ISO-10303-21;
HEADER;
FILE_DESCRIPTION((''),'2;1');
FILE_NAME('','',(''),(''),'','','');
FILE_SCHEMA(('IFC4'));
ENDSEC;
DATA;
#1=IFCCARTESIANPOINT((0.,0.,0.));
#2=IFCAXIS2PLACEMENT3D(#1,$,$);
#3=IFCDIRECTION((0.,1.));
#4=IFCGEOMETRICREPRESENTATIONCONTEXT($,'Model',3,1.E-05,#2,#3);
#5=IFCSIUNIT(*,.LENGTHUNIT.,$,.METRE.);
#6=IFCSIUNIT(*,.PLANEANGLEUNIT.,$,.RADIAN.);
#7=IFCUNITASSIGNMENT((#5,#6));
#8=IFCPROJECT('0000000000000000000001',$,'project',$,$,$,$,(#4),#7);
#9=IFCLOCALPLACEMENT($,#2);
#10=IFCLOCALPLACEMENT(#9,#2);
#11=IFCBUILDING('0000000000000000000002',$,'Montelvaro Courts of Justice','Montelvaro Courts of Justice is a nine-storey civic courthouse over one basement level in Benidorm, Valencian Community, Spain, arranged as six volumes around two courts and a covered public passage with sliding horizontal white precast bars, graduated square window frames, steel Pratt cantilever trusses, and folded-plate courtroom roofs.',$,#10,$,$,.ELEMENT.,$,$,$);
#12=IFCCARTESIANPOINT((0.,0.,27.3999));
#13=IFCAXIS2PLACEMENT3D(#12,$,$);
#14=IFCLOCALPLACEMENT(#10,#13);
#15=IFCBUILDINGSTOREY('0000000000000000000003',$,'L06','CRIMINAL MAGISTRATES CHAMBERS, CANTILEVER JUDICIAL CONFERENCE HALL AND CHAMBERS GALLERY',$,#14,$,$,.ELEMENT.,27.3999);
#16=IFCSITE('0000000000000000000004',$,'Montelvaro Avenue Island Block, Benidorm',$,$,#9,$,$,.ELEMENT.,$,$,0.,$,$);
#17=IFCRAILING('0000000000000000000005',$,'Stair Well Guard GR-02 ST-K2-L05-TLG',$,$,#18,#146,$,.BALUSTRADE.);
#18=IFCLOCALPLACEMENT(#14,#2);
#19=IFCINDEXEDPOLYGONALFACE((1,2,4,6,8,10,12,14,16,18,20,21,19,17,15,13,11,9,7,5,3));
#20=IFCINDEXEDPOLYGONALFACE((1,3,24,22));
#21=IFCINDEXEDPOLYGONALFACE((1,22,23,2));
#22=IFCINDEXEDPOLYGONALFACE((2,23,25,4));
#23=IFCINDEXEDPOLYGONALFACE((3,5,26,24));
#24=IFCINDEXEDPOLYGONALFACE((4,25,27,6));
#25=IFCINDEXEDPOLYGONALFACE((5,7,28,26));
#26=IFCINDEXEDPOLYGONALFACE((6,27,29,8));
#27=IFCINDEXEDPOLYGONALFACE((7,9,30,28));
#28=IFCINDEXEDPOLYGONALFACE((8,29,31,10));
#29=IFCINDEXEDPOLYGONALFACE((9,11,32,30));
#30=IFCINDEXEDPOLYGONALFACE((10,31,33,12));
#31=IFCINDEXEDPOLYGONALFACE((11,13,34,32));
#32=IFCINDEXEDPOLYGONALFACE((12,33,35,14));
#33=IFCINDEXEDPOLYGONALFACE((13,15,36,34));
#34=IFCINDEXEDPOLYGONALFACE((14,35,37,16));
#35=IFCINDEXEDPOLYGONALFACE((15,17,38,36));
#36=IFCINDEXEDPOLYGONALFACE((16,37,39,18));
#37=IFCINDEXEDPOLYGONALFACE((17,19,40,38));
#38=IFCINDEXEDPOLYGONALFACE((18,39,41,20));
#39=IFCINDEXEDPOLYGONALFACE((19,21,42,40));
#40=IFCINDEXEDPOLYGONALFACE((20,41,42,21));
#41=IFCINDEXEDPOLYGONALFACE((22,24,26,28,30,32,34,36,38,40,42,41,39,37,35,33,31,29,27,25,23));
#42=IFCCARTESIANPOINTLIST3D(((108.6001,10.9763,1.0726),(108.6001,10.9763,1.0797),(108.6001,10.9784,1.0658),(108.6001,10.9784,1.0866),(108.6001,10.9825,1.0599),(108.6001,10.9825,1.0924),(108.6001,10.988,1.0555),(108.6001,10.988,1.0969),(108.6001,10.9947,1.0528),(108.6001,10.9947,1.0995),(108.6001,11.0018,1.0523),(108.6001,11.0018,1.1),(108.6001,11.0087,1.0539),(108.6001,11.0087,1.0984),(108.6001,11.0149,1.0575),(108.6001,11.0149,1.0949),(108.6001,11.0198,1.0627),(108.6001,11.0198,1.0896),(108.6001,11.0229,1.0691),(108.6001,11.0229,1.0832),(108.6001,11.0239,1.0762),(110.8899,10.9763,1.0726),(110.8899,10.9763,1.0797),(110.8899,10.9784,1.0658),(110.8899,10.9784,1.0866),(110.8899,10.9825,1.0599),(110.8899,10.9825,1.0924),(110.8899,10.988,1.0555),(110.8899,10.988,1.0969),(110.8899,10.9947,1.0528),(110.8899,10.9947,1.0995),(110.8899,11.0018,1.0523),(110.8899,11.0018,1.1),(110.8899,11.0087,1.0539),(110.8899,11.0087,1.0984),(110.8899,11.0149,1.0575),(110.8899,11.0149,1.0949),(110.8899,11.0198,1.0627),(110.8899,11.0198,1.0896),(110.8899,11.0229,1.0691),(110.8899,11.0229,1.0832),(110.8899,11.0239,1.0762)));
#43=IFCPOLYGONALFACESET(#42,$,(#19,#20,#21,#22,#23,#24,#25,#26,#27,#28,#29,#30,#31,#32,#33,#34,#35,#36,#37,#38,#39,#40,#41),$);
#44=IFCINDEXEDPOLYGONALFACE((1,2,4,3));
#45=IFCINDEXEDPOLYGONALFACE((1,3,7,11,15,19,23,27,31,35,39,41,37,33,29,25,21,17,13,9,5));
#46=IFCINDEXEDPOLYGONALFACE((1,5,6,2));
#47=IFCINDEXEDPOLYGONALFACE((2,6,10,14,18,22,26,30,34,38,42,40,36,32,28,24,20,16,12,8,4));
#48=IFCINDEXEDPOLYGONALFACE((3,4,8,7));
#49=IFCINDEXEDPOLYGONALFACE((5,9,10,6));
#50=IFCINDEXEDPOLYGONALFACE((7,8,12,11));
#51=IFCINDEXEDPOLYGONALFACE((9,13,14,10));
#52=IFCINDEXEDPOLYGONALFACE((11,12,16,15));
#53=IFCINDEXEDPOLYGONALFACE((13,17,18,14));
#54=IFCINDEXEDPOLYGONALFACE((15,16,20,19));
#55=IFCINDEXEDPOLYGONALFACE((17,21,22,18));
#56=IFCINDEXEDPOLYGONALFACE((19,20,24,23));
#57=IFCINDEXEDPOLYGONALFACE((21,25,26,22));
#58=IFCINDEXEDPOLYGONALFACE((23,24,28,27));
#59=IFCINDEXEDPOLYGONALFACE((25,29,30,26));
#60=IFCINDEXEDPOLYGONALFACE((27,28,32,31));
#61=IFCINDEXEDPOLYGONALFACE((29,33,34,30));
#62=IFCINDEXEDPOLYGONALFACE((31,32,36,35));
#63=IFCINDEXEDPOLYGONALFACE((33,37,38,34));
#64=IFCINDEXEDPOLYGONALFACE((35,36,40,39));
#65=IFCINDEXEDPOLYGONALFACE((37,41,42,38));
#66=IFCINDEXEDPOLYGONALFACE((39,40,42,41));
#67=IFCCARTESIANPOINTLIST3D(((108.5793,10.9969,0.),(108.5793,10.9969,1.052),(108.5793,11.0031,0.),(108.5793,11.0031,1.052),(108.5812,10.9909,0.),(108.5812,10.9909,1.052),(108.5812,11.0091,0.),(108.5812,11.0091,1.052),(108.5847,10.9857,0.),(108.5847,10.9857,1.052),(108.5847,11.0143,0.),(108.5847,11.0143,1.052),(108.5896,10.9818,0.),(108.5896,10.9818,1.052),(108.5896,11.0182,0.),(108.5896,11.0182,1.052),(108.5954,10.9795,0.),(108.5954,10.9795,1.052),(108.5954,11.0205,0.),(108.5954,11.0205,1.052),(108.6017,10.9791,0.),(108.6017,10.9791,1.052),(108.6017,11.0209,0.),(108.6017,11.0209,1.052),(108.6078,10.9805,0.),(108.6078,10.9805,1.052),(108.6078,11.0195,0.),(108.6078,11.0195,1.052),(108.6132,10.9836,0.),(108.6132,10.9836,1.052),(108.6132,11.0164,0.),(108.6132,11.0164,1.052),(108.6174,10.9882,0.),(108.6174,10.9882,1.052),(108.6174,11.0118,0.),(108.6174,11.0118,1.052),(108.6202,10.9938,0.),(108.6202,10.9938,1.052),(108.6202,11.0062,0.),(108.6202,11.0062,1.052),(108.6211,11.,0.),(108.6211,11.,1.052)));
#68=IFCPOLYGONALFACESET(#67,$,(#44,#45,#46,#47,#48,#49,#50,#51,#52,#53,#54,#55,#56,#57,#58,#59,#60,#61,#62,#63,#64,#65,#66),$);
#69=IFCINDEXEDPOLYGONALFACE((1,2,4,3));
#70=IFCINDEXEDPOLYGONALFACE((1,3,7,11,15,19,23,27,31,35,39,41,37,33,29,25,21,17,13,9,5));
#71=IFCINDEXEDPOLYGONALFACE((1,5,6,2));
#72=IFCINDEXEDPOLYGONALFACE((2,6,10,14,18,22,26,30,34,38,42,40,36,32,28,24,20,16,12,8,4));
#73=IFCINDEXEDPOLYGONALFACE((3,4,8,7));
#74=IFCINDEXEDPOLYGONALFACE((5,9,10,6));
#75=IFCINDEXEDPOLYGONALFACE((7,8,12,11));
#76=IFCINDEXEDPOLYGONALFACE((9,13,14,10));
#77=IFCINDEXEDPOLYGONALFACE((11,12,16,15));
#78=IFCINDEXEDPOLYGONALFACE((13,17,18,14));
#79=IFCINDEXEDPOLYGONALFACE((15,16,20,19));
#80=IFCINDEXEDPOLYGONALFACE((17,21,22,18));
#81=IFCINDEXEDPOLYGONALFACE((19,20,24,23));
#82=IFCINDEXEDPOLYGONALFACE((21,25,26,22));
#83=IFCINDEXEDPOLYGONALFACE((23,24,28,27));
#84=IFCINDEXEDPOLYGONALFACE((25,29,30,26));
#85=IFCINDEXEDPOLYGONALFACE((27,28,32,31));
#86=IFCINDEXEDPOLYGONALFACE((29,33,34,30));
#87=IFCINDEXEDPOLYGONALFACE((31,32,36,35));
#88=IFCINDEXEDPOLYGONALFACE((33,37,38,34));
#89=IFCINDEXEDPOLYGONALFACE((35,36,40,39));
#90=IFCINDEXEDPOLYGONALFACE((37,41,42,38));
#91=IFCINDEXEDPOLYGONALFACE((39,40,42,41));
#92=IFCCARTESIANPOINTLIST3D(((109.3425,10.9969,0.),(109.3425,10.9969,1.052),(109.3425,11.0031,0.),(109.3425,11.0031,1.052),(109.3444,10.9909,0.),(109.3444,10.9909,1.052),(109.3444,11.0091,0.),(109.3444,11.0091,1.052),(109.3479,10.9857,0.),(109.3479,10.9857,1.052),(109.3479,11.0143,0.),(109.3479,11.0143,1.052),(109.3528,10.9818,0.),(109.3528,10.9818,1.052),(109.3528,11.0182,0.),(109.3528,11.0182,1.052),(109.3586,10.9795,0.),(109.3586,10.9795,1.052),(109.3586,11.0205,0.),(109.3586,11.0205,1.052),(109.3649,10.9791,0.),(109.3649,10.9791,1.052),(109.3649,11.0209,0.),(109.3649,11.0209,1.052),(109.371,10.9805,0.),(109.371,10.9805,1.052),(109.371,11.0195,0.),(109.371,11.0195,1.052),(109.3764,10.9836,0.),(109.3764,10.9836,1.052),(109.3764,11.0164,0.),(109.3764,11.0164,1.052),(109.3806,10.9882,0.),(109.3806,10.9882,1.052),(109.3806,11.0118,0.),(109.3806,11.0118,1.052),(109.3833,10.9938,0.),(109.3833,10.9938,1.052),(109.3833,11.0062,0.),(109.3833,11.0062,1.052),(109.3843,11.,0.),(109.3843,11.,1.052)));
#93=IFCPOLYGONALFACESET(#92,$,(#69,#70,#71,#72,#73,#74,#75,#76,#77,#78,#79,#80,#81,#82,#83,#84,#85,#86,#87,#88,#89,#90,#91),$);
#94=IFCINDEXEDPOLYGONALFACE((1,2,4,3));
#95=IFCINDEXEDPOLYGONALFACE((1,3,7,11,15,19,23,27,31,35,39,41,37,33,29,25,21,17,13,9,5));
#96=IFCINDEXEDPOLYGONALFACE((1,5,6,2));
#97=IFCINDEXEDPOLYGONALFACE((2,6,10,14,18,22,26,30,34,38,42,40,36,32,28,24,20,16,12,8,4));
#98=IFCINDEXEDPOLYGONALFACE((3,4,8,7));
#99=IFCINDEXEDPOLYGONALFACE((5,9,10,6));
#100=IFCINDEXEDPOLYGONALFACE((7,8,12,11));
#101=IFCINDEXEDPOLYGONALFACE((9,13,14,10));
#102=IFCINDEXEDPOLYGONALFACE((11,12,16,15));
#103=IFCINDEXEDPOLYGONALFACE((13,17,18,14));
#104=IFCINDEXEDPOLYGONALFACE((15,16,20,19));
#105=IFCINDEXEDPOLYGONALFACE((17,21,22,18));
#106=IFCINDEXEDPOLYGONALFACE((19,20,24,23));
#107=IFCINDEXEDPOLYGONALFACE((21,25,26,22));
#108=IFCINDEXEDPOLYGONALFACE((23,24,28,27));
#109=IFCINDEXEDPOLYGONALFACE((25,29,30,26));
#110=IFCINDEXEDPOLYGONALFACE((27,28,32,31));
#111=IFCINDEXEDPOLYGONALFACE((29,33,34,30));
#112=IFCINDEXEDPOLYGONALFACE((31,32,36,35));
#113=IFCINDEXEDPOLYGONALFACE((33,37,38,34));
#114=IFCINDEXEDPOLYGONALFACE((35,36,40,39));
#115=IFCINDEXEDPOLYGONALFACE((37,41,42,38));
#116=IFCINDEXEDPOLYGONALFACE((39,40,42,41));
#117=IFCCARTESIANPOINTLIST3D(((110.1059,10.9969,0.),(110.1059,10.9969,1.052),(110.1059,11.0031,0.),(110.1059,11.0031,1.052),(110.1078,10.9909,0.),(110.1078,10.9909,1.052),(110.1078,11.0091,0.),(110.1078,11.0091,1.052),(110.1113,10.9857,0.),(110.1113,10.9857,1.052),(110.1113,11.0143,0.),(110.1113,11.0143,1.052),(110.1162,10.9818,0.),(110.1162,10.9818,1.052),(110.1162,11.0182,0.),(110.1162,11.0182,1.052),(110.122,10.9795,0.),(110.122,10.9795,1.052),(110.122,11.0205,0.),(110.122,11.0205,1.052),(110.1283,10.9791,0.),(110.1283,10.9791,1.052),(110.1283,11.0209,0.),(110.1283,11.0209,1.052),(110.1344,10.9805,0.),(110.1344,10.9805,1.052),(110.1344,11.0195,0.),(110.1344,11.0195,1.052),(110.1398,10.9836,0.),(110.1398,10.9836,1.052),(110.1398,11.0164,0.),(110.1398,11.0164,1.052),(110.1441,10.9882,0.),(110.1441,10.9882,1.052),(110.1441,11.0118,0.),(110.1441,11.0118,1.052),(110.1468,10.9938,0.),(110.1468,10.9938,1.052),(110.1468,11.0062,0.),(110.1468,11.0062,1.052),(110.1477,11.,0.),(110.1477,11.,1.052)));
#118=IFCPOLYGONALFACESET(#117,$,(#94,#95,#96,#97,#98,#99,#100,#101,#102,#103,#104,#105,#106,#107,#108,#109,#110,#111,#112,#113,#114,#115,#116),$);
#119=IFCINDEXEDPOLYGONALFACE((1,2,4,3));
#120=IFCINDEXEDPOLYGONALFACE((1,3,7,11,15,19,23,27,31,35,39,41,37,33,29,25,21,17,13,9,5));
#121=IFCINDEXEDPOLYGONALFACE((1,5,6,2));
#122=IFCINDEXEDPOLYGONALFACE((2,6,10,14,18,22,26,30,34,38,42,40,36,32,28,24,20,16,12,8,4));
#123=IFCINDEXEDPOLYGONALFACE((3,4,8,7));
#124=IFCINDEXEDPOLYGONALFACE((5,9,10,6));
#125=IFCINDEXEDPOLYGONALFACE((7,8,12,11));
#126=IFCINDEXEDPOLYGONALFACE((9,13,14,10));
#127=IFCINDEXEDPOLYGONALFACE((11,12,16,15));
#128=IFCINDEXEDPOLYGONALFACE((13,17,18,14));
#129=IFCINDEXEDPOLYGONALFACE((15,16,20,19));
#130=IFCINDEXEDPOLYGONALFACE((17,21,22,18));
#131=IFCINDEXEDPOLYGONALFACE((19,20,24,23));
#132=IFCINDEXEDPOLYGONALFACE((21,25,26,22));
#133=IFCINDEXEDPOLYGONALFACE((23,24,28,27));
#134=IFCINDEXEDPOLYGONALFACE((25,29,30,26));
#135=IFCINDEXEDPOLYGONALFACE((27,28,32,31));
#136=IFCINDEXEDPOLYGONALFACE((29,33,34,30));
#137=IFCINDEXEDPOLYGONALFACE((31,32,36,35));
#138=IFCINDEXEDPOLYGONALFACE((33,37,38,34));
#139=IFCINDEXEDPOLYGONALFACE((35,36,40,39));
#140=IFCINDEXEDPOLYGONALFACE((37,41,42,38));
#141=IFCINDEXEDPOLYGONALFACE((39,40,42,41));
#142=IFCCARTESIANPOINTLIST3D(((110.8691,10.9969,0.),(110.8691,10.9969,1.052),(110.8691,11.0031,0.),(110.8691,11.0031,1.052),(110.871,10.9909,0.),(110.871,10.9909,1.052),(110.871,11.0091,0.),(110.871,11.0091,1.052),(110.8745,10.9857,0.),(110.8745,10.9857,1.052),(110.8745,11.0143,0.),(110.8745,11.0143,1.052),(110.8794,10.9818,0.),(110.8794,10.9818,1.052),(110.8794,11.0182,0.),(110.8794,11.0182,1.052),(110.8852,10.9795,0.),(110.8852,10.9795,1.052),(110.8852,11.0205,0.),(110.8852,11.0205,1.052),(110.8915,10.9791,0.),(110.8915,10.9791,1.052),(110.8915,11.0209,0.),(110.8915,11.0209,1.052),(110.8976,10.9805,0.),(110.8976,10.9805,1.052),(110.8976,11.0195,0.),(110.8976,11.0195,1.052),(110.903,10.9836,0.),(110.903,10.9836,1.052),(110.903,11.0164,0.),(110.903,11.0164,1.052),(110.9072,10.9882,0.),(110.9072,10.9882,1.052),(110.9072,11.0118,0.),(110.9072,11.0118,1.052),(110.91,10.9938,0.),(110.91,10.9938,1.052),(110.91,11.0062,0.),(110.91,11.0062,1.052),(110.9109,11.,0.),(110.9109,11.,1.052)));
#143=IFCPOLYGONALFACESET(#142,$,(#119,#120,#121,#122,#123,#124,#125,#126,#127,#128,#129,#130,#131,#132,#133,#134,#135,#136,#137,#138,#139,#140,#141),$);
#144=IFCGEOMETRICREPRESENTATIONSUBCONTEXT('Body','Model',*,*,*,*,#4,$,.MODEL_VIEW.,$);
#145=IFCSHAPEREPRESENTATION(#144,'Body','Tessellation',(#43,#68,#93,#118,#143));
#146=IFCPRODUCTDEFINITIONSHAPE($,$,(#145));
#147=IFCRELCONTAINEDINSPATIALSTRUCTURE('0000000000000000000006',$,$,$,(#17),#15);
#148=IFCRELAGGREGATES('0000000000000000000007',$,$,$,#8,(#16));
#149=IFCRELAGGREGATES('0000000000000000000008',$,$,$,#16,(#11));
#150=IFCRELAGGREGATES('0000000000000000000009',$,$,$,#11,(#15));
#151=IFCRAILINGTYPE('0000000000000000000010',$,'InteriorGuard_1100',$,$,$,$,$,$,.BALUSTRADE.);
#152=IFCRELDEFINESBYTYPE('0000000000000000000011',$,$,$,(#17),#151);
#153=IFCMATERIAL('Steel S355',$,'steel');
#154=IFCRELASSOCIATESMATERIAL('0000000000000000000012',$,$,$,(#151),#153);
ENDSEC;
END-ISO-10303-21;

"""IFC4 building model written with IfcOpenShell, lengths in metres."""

from ifc_helpers import new_model, si_unit, direction, frame, origin, origin_2d, place, context, subcontext, project, spatial, circle, extrude, material, type_object, element, save


model = new_model("IFC4")

# Units and contexts
model_context = context("Model", 3, precision=1e-05, world=origin(), true_north=direction((0.0, 1.0)))
body_context = subcontext(model_context, "Body", "Model", "MODEL_VIEW")
ifc_project = project(units=[si_unit("LENGTHUNIT", "METRE"), si_unit("PLANEANGLEUNIT", "RADIAN")], contexts=[model_context])

# Site, building, storey
site_placement = place(None, origin())
site = spatial("IfcSite", under=ifc_project, at=site_placement, Name="Montelvaro Avenue Island Block, Benidorm", CompositionType="ELEMENT", RefElevation=0.0)
building_placement = place(site_placement, origin())
building = spatial("IfcBuilding", under=site, at=building_placement, Name="Montelvaro Courts of Justice", Description="Montelvaro Courts of Justice is a nine-storey civic courthouse over one basement level in Benidorm, Valencian Community, Spain, arranged as six volumes around two courts and a covered public passage with sliding horizontal white precast bars, graduated square window frames, steel Pratt cantilever trusses, and folded-plate courtroom roofs.", CompositionType="ELEMENT")
storey_placement = place(building_placement, frame((0.0, 0.0, 27.3999)))
storey = spatial("IfcBuildingStorey", under=building, at=storey_placement, Name="L06", Description="CRIMINAL MAGISTRATES CHAMBERS, CANTILEVER JUDICIAL CONFERENCE HALL AND CHAMBERS GALLERY", CompositionType="ELEMENT", Elevation=27.3999)

# Shared definitions
ifc_material_1 = material(Name="Steel S355", Category="steel")

# Railing
railing_type_1 = type_object("IfcRailingType", Name="InteriorGuard_1100", PredefinedType="BALUSTRADE", material=ifc_material_1)
railing_1_placement = place(storey_placement, frame((108.6001, 11.0, 0.0)))
element("IfcRailing", 1, at=railing_1_placement, inside=storey, type_object=railing_type_1, Name="Stair Well Guard GR-02 ST-K2-L05-TLG", PredefinedType="BALUSTRADE", context=body_context, shape_type="SweptSolid", body=[
    extrude(circle(Radius=0.0239, at=origin_2d()), frame((0.0, 0.0, 1.0762), z_axis=(1.0, 0.0, 0.0), x_axis=(0.0, 1.0, 0.0)), (0.0, 0.0, 1.0), 2.2898),
    extrude(circle(Radius=0.021, at=origin_2d()), origin(), (0.0, 0.0, 1.0), 1.052),
    extrude(circle(Radius=0.021, at=origin_2d()), frame((0.7632, 0.0, 0.0)), (0.0, 0.0, 1.0), 1.052),
    extrude(circle(Radius=0.021, at=origin_2d()), frame((1.5266, 0.0, 0.0)), (0.0, 0.0, 1.0), 1.052),
    extrude(circle(Radius=0.021, at=origin_2d()), frame((2.2898, 0.0, 0.0)), (0.0, 0.0, 1.0), 1.052),
])

save(model, "model.ifc")
